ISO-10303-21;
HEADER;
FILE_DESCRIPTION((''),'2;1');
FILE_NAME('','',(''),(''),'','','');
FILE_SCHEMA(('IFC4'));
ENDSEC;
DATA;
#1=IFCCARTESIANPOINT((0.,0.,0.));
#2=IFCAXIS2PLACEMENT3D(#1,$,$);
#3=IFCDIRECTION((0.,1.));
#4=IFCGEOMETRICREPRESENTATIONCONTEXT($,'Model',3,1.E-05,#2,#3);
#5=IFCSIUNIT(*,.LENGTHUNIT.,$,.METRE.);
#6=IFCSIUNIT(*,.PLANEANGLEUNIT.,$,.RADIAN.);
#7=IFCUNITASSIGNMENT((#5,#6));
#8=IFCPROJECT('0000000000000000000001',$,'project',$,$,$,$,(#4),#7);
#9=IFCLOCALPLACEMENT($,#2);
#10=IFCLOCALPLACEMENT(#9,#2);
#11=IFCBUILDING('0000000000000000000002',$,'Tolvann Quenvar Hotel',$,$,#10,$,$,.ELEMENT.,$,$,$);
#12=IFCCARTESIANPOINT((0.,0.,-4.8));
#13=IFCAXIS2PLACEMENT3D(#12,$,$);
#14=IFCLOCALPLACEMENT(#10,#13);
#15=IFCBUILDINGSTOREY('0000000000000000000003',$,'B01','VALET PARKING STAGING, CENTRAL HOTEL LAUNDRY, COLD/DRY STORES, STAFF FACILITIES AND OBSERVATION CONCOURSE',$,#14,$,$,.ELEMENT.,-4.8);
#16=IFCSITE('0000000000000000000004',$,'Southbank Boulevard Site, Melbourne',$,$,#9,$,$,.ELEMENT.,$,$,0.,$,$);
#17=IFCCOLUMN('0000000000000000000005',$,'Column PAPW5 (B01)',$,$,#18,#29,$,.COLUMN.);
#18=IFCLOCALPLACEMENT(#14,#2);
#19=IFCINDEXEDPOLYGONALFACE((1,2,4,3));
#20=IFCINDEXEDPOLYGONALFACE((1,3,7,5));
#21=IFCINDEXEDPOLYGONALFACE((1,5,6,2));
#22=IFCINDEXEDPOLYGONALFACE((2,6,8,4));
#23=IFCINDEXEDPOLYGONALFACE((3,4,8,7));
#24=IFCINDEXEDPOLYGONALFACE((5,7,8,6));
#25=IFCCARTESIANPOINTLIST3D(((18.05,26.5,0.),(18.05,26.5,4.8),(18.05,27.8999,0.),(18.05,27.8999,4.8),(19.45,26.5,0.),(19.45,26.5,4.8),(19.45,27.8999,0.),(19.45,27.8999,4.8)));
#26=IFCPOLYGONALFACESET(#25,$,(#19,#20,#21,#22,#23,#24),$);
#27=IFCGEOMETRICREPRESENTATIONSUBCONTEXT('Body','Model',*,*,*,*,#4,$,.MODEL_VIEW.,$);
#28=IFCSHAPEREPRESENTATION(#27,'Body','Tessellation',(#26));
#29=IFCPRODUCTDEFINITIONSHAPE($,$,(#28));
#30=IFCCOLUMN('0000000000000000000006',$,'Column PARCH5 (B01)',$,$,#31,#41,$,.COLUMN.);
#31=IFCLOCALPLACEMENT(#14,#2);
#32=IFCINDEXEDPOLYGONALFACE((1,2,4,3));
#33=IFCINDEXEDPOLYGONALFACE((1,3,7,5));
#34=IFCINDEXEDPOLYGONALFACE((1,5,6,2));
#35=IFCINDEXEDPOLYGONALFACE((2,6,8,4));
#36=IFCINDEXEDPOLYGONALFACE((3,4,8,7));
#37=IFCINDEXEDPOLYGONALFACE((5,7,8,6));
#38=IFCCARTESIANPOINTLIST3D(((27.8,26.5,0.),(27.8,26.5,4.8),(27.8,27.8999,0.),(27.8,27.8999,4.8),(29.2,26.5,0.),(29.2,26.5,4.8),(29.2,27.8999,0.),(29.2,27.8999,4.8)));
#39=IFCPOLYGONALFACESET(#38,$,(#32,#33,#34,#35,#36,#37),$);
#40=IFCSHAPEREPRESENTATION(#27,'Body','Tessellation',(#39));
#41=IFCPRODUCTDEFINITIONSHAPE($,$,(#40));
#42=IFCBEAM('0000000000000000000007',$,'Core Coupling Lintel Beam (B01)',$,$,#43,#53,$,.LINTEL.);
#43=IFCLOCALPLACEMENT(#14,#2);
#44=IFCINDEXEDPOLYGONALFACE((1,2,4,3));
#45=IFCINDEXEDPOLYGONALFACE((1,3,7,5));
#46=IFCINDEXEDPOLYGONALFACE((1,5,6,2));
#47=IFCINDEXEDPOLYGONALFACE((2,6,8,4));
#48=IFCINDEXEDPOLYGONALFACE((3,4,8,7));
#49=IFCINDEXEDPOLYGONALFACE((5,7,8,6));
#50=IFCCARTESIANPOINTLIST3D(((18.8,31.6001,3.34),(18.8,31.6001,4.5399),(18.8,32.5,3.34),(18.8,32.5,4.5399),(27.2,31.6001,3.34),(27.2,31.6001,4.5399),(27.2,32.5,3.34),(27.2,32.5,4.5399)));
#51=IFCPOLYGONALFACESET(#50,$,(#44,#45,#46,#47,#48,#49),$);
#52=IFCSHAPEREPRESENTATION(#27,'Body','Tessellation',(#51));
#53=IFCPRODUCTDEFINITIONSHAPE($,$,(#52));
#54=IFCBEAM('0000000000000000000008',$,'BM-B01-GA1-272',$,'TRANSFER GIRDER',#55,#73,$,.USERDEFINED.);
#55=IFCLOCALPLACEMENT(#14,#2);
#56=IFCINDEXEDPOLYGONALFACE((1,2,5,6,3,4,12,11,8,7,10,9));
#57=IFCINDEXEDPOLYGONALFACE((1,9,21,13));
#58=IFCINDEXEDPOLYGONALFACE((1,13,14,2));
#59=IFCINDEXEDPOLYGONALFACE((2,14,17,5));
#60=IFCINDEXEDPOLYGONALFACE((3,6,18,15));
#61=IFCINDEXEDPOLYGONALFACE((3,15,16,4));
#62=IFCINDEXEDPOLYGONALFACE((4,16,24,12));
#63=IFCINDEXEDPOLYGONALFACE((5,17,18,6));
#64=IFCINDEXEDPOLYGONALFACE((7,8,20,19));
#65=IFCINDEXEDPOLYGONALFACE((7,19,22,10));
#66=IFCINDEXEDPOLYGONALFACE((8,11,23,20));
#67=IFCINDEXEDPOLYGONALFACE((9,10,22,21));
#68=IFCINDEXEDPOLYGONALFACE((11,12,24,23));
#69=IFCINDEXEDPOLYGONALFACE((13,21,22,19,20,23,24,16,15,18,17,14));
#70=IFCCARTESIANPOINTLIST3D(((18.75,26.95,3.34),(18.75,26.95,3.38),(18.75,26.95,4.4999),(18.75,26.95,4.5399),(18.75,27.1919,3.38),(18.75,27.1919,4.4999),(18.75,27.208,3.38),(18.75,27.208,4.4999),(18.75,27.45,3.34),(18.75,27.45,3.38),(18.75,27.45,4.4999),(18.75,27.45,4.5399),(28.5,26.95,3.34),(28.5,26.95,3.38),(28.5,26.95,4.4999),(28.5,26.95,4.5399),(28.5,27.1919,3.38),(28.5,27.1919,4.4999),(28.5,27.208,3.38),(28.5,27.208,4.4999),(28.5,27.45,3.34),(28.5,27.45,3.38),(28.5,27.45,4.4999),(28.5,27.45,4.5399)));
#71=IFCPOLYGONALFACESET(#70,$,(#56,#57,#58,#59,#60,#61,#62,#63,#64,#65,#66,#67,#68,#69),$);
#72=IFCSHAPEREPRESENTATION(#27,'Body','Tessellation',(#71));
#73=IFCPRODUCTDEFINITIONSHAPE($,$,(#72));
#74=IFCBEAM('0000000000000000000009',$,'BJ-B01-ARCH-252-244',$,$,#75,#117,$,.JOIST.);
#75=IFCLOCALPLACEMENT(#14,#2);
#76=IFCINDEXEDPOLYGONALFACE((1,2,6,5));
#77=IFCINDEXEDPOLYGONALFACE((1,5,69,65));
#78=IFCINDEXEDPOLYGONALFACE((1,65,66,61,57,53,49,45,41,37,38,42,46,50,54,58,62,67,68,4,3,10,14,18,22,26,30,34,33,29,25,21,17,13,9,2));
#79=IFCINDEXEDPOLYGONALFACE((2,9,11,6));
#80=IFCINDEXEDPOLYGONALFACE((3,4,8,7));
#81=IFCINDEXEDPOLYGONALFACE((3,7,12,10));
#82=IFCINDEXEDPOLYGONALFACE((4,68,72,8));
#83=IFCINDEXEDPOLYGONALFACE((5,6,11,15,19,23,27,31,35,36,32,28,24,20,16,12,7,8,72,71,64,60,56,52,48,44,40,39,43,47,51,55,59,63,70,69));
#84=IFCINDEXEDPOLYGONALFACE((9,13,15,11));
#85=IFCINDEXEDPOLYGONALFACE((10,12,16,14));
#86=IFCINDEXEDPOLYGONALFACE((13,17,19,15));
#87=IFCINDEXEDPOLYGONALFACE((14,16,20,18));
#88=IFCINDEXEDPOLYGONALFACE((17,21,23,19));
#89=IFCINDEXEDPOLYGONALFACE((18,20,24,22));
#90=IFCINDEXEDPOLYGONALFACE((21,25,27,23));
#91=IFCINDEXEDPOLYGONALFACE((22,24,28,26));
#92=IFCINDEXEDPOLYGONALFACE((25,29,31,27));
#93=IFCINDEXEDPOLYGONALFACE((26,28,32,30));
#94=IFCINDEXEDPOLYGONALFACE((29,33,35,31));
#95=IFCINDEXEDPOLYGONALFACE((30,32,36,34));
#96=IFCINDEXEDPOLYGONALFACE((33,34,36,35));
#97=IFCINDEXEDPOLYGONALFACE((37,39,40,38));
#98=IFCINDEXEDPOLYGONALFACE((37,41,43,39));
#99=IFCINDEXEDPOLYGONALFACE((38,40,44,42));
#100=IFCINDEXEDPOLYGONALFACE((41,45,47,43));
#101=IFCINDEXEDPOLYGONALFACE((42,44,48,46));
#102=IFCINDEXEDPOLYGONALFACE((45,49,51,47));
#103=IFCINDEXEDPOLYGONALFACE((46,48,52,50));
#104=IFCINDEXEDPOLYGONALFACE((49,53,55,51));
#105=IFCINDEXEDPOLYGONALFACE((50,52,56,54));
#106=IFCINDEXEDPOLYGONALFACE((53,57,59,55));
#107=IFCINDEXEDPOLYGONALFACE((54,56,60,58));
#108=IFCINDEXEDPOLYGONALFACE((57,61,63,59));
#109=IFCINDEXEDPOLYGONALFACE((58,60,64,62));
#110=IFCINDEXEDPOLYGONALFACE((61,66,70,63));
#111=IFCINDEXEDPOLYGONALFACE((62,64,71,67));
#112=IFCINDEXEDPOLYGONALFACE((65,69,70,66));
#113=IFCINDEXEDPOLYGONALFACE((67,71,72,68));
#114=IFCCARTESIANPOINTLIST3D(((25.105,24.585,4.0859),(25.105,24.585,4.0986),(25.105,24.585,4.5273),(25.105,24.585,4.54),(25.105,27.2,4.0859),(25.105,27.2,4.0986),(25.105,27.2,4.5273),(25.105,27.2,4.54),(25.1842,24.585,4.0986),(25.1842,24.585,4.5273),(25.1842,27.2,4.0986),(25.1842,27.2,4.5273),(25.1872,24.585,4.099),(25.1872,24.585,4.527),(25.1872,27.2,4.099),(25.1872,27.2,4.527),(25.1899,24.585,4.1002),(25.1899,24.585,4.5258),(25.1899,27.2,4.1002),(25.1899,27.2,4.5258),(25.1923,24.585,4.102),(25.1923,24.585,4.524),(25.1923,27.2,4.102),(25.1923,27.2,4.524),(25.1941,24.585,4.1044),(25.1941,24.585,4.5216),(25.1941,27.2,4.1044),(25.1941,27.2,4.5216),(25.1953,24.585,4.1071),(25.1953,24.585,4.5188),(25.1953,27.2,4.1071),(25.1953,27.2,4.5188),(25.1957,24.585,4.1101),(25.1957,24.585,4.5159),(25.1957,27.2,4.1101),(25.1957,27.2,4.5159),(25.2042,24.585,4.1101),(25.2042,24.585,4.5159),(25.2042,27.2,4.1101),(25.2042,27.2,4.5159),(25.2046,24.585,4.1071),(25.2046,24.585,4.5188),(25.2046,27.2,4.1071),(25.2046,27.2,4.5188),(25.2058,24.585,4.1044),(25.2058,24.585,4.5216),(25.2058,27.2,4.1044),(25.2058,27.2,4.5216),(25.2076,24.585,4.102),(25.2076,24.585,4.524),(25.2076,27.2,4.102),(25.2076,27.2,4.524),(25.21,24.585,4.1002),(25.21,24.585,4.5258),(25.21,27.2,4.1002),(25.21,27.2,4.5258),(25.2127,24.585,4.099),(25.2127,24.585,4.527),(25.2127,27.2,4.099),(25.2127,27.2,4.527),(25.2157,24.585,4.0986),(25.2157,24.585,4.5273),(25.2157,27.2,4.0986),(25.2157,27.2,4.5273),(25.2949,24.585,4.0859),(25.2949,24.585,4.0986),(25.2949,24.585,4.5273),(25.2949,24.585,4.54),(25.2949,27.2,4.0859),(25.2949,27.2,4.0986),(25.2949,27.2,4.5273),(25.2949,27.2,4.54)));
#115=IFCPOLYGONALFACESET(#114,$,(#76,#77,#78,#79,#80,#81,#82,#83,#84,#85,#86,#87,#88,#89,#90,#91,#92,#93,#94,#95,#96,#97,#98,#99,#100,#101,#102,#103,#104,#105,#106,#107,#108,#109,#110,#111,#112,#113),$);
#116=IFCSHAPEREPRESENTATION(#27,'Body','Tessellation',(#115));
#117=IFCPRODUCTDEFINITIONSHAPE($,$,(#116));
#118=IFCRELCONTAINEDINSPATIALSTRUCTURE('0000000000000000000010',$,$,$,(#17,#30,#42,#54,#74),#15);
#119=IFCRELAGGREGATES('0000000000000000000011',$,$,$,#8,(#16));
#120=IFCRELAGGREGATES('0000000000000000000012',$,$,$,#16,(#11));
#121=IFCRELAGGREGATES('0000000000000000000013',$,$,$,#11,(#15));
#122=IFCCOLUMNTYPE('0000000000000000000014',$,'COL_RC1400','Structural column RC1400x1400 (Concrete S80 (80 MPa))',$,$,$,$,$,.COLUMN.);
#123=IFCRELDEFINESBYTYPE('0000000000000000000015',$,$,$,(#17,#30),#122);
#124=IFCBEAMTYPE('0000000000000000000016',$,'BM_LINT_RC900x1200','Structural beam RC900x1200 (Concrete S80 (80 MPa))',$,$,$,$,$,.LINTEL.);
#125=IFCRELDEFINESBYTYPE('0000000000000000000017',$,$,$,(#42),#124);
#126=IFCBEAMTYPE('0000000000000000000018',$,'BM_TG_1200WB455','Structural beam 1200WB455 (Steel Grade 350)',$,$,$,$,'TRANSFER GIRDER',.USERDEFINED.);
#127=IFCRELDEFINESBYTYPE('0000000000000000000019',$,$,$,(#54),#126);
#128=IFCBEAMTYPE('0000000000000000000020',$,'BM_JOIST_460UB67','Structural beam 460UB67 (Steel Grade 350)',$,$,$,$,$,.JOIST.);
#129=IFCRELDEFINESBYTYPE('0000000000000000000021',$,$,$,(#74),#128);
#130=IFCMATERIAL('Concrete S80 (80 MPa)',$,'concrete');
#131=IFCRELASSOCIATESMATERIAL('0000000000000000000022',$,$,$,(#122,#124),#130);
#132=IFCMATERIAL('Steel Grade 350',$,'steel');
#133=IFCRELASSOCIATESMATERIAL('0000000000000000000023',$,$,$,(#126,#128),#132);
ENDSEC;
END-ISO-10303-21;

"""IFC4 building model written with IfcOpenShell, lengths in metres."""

from ifc_helpers import new_model, si_unit, direction, frame, origin, origin_2d, place, context, subcontext, project, spatial, rectangle, i_section, extrude, source, transform, mapped, material, material_profile, profile_set, type_object, type_shapes, element, save


model = new_model("IFC4")

# Units and contexts
model_context = context("Model", 3, precision=1e-05, world=origin(), true_north=direction((0.0, 1.0)))
body_context = subcontext(model_context, "Body", "Model", "MODEL_VIEW")
ifc_project = project(units=[si_unit("LENGTHUNIT", "METRE"), si_unit("PLANEANGLEUNIT", "RADIAN")], contexts=[model_context])

# Site, building, storey
site_placement = place(None, origin())
site = spatial("IfcSite", under=ifc_project, at=site_placement, Name="Southbank Boulevard Site, Melbourne", CompositionType="ELEMENT", RefElevation=0.0)
building_placement = place(site_placement, origin())
building = spatial("IfcBuilding", under=site, at=building_placement, Name="Tolvann Quenvar Hotel", CompositionType="ELEMENT")
storey_placement = place(building_placement, frame((0.0, 0.0, -4.8)))
storey = spatial("IfcBuildingStorey", under=building, at=storey_placement, Name="B01", Description="VALET PARKING STAGING, CENTRAL HOTEL LAUNDRY, COLD/DRY STORES, STAFF FACILITIES AND OBSERVATION CONCOURSE", CompositionType="ELEMENT", Elevation=-4.8)

# Columns
ifc_material_1 = material(Name="Concrete S80 (80 MPa)", Category="concrete")
ifc_material_profile_1 = material_profile(ifc_material_1, rectangle(XDim=1.3999, YDim=1.3999, at=origin_2d()), Name="RC1400x1400")
ifc_profile_set_1 = profile_set([ifc_material_profile_1], Name="Concrete S80 (80 MPa)")
column_type = type_object("IfcColumnType", Name="COL_RC1400", Description="Structural column RC1400x1400 (Concrete S80 (80 MPa))", PredefinedType="COLUMN", material=ifc_profile_set_1)
shared_shape_1 = source(origin(), body_context, "Body", "SweptSolid", [
    extrude(rectangle(XDim=1.3999, YDim=1.3999, at=origin_2d()), origin(), (0.0, 0.0, 1.0), 4.8),
])
type_shapes(column_type, [shared_shape_1])
for number, where, z_axis, x_axis, name in (
    (1, (18.75, 27.2, 0.0), (0.0, 0.0, 1.0), (1.0, 0.0, 0.0), "Column PAPW5 (B01)"),
    (2, (28.5, 27.2, 0.0), (0.0, 0.0, 1.0), (1.0, 0.0, 0.0), "Column PARCH5 (B01)"),
):
    element("IfcColumn", number, at=place(storey_placement, frame(where, z_axis=z_axis, x_axis=x_axis)), inside=storey, type_object=column_type, Name=name, PredefinedType="COLUMN", context=body_context, shape_type="MappedRepresentation", body=[
        mapped(shared_shape_1, transform((0.0, 0.0, 0.0), x_axis=(1.0, 0.0, 0.0), y_axis=(0.0, 1.0, 0.0), z_axis=(0.0, 0.0, 1.0), scale=1.0)),
    ])

# Beams
ifc_material_profile_2 = material_profile(ifc_material_1, rectangle(XDim=0.8999, YDim=1.2, at=origin_2d()), Name="RC900x1200")
ifc_profile_set_2 = profile_set([ifc_material_profile_2], Name="Concrete S80 (80 MPa)")
beam_type_1 = type_object("IfcBeamType", Name="BM_LINT_RC900x1200", Description="Structural beam RC900x1200 (Concrete S80 (80 MPa))", PredefinedType="LINTEL", material=ifc_profile_set_2)
shared_shape_2 = source(origin(), body_context, "Body", "SweptSolid", [
    extrude(rectangle(XDim=0.8999, YDim=1.2, at=origin_2d()), origin(), (0.0, 0.0, 1.0), 8.3999),
])
type_shapes(beam_type_1, [shared_shape_2])
beam_1_placement = place(storey_placement, frame((18.8, 32.05, 3.9399), z_axis=(1.0, 0.0, 0.0), x_axis=(0.0, 1.0, 0.0)))
element("IfcBeam", 3, at=beam_1_placement, inside=storey, type_object=beam_type_1, Name="Core Coupling Lintel Beam (B01)", PredefinedType="LINTEL", context=body_context, shape_type="MappedRepresentation", body=[
    mapped(shared_shape_2, transform((0.0, 0.0, 0.0), x_axis=(1.0, 0.0, 0.0), y_axis=(0.0, 1.0, 0.0), z_axis=(0.0, 0.0, 1.0), scale=1.0)),
])
ifc_material_2 = material(Name="Steel Grade 350", Category="steel")
ifc_material_profile_3 = material_profile(ifc_material_2, i_section(OverallWidth=0.5, OverallDepth=1.2, WebThickness=0.0161, FlangeThickness=0.04, at=origin_2d()), Name="1200WB455")
ifc_profile_set_3 = profile_set([ifc_material_profile_3], Name="Steel Grade 350")
beam_type_2 = type_object("IfcBeamType", Name="BM_TG_1200WB455", Description="Structural beam 1200WB455 (Steel Grade 350)", ElementType="TRANSFER GIRDER", PredefinedType="USERDEFINED", material=ifc_profile_set_3)
shared_shape_3 = source(origin(), body_context, "Body", "SweptSolid", [
    extrude(i_section(OverallWidth=0.5, OverallDepth=1.2, WebThickness=0.0161, FlangeThickness=0.04, at=origin_2d()), origin(), (0.0, 0.0, 1.0), 9.75),
])
type_shapes(beam_type_2, [shared_shape_3])
beam_2_placement = place(storey_placement, frame((18.75, 27.2, 3.9399), z_axis=(1.0, 0.0, 0.0), x_axis=(0.0, 1.0, 0.0)))
element("IfcBeam", 4, at=beam_2_placement, inside=storey, type_object=beam_type_2, Name="BM-B01-GA1-272", ObjectType="TRANSFER GIRDER", PredefinedType="USERDEFINED", context=body_context, shape_type="MappedRepresentation", body=[
    mapped(shared_shape_3, transform((0.0, 0.0, 0.0), x_axis=(1.0, 0.0, 0.0), y_axis=(0.0, 1.0, 0.0), z_axis=(0.0, 0.0, 1.0), scale=1.0)),
])
ifc_material_profile_4 = material_profile(ifc_material_2, i_section(OverallWidth=0.1899, OverallDepth=0.4541, WebThickness=0.0085, FlangeThickness=0.0127, FilletRadius=0.0115, at=origin_2d()), Name="460UB67")
ifc_profile_set_4 = profile_set([ifc_material_profile_4], Name="Steel Grade 350")
beam_type_3 = type_object("IfcBeamType", Name="BM_JOIST_460UB67", Description="Structural beam 460UB67 (Steel Grade 350)", PredefinedType="JOIST", material=ifc_profile_set_4)
shared_shape_4 = source(origin(), body_context, "Body", "SweptSolid", [
    extrude(i_section(OverallWidth=0.1899, OverallDepth=0.4541, WebThickness=0.0085, FlangeThickness=0.0127, FilletRadius=0.0115, at=origin_2d()), origin(), (0.0, 0.0, 1.0), 2.615),
])
type_shapes(beam_type_3, [shared_shape_4])
beam_3_placement = place(storey_placement, frame((25.2, 24.585, 4.313), z_axis=(0.0, 1.0, 0.0), x_axis=(-1.0, 0.0, 0.0)))
element("IfcBeam", 5, at=beam_3_placement, inside=storey, type_object=beam_type_3, Name="BJ-B01-ARCH-252-244", PredefinedType="JOIST", context=body_context, shape_type="MappedRepresentation", body=[
    mapped(shared_shape_4, transform((0.0, 0.0, 0.0), x_axis=(1.0, 0.0, 0.0), y_axis=(0.0, 1.0, 0.0), z_axis=(0.0, 0.0, 1.0), scale=1.0)),
])

save(model, "model.ifc")
